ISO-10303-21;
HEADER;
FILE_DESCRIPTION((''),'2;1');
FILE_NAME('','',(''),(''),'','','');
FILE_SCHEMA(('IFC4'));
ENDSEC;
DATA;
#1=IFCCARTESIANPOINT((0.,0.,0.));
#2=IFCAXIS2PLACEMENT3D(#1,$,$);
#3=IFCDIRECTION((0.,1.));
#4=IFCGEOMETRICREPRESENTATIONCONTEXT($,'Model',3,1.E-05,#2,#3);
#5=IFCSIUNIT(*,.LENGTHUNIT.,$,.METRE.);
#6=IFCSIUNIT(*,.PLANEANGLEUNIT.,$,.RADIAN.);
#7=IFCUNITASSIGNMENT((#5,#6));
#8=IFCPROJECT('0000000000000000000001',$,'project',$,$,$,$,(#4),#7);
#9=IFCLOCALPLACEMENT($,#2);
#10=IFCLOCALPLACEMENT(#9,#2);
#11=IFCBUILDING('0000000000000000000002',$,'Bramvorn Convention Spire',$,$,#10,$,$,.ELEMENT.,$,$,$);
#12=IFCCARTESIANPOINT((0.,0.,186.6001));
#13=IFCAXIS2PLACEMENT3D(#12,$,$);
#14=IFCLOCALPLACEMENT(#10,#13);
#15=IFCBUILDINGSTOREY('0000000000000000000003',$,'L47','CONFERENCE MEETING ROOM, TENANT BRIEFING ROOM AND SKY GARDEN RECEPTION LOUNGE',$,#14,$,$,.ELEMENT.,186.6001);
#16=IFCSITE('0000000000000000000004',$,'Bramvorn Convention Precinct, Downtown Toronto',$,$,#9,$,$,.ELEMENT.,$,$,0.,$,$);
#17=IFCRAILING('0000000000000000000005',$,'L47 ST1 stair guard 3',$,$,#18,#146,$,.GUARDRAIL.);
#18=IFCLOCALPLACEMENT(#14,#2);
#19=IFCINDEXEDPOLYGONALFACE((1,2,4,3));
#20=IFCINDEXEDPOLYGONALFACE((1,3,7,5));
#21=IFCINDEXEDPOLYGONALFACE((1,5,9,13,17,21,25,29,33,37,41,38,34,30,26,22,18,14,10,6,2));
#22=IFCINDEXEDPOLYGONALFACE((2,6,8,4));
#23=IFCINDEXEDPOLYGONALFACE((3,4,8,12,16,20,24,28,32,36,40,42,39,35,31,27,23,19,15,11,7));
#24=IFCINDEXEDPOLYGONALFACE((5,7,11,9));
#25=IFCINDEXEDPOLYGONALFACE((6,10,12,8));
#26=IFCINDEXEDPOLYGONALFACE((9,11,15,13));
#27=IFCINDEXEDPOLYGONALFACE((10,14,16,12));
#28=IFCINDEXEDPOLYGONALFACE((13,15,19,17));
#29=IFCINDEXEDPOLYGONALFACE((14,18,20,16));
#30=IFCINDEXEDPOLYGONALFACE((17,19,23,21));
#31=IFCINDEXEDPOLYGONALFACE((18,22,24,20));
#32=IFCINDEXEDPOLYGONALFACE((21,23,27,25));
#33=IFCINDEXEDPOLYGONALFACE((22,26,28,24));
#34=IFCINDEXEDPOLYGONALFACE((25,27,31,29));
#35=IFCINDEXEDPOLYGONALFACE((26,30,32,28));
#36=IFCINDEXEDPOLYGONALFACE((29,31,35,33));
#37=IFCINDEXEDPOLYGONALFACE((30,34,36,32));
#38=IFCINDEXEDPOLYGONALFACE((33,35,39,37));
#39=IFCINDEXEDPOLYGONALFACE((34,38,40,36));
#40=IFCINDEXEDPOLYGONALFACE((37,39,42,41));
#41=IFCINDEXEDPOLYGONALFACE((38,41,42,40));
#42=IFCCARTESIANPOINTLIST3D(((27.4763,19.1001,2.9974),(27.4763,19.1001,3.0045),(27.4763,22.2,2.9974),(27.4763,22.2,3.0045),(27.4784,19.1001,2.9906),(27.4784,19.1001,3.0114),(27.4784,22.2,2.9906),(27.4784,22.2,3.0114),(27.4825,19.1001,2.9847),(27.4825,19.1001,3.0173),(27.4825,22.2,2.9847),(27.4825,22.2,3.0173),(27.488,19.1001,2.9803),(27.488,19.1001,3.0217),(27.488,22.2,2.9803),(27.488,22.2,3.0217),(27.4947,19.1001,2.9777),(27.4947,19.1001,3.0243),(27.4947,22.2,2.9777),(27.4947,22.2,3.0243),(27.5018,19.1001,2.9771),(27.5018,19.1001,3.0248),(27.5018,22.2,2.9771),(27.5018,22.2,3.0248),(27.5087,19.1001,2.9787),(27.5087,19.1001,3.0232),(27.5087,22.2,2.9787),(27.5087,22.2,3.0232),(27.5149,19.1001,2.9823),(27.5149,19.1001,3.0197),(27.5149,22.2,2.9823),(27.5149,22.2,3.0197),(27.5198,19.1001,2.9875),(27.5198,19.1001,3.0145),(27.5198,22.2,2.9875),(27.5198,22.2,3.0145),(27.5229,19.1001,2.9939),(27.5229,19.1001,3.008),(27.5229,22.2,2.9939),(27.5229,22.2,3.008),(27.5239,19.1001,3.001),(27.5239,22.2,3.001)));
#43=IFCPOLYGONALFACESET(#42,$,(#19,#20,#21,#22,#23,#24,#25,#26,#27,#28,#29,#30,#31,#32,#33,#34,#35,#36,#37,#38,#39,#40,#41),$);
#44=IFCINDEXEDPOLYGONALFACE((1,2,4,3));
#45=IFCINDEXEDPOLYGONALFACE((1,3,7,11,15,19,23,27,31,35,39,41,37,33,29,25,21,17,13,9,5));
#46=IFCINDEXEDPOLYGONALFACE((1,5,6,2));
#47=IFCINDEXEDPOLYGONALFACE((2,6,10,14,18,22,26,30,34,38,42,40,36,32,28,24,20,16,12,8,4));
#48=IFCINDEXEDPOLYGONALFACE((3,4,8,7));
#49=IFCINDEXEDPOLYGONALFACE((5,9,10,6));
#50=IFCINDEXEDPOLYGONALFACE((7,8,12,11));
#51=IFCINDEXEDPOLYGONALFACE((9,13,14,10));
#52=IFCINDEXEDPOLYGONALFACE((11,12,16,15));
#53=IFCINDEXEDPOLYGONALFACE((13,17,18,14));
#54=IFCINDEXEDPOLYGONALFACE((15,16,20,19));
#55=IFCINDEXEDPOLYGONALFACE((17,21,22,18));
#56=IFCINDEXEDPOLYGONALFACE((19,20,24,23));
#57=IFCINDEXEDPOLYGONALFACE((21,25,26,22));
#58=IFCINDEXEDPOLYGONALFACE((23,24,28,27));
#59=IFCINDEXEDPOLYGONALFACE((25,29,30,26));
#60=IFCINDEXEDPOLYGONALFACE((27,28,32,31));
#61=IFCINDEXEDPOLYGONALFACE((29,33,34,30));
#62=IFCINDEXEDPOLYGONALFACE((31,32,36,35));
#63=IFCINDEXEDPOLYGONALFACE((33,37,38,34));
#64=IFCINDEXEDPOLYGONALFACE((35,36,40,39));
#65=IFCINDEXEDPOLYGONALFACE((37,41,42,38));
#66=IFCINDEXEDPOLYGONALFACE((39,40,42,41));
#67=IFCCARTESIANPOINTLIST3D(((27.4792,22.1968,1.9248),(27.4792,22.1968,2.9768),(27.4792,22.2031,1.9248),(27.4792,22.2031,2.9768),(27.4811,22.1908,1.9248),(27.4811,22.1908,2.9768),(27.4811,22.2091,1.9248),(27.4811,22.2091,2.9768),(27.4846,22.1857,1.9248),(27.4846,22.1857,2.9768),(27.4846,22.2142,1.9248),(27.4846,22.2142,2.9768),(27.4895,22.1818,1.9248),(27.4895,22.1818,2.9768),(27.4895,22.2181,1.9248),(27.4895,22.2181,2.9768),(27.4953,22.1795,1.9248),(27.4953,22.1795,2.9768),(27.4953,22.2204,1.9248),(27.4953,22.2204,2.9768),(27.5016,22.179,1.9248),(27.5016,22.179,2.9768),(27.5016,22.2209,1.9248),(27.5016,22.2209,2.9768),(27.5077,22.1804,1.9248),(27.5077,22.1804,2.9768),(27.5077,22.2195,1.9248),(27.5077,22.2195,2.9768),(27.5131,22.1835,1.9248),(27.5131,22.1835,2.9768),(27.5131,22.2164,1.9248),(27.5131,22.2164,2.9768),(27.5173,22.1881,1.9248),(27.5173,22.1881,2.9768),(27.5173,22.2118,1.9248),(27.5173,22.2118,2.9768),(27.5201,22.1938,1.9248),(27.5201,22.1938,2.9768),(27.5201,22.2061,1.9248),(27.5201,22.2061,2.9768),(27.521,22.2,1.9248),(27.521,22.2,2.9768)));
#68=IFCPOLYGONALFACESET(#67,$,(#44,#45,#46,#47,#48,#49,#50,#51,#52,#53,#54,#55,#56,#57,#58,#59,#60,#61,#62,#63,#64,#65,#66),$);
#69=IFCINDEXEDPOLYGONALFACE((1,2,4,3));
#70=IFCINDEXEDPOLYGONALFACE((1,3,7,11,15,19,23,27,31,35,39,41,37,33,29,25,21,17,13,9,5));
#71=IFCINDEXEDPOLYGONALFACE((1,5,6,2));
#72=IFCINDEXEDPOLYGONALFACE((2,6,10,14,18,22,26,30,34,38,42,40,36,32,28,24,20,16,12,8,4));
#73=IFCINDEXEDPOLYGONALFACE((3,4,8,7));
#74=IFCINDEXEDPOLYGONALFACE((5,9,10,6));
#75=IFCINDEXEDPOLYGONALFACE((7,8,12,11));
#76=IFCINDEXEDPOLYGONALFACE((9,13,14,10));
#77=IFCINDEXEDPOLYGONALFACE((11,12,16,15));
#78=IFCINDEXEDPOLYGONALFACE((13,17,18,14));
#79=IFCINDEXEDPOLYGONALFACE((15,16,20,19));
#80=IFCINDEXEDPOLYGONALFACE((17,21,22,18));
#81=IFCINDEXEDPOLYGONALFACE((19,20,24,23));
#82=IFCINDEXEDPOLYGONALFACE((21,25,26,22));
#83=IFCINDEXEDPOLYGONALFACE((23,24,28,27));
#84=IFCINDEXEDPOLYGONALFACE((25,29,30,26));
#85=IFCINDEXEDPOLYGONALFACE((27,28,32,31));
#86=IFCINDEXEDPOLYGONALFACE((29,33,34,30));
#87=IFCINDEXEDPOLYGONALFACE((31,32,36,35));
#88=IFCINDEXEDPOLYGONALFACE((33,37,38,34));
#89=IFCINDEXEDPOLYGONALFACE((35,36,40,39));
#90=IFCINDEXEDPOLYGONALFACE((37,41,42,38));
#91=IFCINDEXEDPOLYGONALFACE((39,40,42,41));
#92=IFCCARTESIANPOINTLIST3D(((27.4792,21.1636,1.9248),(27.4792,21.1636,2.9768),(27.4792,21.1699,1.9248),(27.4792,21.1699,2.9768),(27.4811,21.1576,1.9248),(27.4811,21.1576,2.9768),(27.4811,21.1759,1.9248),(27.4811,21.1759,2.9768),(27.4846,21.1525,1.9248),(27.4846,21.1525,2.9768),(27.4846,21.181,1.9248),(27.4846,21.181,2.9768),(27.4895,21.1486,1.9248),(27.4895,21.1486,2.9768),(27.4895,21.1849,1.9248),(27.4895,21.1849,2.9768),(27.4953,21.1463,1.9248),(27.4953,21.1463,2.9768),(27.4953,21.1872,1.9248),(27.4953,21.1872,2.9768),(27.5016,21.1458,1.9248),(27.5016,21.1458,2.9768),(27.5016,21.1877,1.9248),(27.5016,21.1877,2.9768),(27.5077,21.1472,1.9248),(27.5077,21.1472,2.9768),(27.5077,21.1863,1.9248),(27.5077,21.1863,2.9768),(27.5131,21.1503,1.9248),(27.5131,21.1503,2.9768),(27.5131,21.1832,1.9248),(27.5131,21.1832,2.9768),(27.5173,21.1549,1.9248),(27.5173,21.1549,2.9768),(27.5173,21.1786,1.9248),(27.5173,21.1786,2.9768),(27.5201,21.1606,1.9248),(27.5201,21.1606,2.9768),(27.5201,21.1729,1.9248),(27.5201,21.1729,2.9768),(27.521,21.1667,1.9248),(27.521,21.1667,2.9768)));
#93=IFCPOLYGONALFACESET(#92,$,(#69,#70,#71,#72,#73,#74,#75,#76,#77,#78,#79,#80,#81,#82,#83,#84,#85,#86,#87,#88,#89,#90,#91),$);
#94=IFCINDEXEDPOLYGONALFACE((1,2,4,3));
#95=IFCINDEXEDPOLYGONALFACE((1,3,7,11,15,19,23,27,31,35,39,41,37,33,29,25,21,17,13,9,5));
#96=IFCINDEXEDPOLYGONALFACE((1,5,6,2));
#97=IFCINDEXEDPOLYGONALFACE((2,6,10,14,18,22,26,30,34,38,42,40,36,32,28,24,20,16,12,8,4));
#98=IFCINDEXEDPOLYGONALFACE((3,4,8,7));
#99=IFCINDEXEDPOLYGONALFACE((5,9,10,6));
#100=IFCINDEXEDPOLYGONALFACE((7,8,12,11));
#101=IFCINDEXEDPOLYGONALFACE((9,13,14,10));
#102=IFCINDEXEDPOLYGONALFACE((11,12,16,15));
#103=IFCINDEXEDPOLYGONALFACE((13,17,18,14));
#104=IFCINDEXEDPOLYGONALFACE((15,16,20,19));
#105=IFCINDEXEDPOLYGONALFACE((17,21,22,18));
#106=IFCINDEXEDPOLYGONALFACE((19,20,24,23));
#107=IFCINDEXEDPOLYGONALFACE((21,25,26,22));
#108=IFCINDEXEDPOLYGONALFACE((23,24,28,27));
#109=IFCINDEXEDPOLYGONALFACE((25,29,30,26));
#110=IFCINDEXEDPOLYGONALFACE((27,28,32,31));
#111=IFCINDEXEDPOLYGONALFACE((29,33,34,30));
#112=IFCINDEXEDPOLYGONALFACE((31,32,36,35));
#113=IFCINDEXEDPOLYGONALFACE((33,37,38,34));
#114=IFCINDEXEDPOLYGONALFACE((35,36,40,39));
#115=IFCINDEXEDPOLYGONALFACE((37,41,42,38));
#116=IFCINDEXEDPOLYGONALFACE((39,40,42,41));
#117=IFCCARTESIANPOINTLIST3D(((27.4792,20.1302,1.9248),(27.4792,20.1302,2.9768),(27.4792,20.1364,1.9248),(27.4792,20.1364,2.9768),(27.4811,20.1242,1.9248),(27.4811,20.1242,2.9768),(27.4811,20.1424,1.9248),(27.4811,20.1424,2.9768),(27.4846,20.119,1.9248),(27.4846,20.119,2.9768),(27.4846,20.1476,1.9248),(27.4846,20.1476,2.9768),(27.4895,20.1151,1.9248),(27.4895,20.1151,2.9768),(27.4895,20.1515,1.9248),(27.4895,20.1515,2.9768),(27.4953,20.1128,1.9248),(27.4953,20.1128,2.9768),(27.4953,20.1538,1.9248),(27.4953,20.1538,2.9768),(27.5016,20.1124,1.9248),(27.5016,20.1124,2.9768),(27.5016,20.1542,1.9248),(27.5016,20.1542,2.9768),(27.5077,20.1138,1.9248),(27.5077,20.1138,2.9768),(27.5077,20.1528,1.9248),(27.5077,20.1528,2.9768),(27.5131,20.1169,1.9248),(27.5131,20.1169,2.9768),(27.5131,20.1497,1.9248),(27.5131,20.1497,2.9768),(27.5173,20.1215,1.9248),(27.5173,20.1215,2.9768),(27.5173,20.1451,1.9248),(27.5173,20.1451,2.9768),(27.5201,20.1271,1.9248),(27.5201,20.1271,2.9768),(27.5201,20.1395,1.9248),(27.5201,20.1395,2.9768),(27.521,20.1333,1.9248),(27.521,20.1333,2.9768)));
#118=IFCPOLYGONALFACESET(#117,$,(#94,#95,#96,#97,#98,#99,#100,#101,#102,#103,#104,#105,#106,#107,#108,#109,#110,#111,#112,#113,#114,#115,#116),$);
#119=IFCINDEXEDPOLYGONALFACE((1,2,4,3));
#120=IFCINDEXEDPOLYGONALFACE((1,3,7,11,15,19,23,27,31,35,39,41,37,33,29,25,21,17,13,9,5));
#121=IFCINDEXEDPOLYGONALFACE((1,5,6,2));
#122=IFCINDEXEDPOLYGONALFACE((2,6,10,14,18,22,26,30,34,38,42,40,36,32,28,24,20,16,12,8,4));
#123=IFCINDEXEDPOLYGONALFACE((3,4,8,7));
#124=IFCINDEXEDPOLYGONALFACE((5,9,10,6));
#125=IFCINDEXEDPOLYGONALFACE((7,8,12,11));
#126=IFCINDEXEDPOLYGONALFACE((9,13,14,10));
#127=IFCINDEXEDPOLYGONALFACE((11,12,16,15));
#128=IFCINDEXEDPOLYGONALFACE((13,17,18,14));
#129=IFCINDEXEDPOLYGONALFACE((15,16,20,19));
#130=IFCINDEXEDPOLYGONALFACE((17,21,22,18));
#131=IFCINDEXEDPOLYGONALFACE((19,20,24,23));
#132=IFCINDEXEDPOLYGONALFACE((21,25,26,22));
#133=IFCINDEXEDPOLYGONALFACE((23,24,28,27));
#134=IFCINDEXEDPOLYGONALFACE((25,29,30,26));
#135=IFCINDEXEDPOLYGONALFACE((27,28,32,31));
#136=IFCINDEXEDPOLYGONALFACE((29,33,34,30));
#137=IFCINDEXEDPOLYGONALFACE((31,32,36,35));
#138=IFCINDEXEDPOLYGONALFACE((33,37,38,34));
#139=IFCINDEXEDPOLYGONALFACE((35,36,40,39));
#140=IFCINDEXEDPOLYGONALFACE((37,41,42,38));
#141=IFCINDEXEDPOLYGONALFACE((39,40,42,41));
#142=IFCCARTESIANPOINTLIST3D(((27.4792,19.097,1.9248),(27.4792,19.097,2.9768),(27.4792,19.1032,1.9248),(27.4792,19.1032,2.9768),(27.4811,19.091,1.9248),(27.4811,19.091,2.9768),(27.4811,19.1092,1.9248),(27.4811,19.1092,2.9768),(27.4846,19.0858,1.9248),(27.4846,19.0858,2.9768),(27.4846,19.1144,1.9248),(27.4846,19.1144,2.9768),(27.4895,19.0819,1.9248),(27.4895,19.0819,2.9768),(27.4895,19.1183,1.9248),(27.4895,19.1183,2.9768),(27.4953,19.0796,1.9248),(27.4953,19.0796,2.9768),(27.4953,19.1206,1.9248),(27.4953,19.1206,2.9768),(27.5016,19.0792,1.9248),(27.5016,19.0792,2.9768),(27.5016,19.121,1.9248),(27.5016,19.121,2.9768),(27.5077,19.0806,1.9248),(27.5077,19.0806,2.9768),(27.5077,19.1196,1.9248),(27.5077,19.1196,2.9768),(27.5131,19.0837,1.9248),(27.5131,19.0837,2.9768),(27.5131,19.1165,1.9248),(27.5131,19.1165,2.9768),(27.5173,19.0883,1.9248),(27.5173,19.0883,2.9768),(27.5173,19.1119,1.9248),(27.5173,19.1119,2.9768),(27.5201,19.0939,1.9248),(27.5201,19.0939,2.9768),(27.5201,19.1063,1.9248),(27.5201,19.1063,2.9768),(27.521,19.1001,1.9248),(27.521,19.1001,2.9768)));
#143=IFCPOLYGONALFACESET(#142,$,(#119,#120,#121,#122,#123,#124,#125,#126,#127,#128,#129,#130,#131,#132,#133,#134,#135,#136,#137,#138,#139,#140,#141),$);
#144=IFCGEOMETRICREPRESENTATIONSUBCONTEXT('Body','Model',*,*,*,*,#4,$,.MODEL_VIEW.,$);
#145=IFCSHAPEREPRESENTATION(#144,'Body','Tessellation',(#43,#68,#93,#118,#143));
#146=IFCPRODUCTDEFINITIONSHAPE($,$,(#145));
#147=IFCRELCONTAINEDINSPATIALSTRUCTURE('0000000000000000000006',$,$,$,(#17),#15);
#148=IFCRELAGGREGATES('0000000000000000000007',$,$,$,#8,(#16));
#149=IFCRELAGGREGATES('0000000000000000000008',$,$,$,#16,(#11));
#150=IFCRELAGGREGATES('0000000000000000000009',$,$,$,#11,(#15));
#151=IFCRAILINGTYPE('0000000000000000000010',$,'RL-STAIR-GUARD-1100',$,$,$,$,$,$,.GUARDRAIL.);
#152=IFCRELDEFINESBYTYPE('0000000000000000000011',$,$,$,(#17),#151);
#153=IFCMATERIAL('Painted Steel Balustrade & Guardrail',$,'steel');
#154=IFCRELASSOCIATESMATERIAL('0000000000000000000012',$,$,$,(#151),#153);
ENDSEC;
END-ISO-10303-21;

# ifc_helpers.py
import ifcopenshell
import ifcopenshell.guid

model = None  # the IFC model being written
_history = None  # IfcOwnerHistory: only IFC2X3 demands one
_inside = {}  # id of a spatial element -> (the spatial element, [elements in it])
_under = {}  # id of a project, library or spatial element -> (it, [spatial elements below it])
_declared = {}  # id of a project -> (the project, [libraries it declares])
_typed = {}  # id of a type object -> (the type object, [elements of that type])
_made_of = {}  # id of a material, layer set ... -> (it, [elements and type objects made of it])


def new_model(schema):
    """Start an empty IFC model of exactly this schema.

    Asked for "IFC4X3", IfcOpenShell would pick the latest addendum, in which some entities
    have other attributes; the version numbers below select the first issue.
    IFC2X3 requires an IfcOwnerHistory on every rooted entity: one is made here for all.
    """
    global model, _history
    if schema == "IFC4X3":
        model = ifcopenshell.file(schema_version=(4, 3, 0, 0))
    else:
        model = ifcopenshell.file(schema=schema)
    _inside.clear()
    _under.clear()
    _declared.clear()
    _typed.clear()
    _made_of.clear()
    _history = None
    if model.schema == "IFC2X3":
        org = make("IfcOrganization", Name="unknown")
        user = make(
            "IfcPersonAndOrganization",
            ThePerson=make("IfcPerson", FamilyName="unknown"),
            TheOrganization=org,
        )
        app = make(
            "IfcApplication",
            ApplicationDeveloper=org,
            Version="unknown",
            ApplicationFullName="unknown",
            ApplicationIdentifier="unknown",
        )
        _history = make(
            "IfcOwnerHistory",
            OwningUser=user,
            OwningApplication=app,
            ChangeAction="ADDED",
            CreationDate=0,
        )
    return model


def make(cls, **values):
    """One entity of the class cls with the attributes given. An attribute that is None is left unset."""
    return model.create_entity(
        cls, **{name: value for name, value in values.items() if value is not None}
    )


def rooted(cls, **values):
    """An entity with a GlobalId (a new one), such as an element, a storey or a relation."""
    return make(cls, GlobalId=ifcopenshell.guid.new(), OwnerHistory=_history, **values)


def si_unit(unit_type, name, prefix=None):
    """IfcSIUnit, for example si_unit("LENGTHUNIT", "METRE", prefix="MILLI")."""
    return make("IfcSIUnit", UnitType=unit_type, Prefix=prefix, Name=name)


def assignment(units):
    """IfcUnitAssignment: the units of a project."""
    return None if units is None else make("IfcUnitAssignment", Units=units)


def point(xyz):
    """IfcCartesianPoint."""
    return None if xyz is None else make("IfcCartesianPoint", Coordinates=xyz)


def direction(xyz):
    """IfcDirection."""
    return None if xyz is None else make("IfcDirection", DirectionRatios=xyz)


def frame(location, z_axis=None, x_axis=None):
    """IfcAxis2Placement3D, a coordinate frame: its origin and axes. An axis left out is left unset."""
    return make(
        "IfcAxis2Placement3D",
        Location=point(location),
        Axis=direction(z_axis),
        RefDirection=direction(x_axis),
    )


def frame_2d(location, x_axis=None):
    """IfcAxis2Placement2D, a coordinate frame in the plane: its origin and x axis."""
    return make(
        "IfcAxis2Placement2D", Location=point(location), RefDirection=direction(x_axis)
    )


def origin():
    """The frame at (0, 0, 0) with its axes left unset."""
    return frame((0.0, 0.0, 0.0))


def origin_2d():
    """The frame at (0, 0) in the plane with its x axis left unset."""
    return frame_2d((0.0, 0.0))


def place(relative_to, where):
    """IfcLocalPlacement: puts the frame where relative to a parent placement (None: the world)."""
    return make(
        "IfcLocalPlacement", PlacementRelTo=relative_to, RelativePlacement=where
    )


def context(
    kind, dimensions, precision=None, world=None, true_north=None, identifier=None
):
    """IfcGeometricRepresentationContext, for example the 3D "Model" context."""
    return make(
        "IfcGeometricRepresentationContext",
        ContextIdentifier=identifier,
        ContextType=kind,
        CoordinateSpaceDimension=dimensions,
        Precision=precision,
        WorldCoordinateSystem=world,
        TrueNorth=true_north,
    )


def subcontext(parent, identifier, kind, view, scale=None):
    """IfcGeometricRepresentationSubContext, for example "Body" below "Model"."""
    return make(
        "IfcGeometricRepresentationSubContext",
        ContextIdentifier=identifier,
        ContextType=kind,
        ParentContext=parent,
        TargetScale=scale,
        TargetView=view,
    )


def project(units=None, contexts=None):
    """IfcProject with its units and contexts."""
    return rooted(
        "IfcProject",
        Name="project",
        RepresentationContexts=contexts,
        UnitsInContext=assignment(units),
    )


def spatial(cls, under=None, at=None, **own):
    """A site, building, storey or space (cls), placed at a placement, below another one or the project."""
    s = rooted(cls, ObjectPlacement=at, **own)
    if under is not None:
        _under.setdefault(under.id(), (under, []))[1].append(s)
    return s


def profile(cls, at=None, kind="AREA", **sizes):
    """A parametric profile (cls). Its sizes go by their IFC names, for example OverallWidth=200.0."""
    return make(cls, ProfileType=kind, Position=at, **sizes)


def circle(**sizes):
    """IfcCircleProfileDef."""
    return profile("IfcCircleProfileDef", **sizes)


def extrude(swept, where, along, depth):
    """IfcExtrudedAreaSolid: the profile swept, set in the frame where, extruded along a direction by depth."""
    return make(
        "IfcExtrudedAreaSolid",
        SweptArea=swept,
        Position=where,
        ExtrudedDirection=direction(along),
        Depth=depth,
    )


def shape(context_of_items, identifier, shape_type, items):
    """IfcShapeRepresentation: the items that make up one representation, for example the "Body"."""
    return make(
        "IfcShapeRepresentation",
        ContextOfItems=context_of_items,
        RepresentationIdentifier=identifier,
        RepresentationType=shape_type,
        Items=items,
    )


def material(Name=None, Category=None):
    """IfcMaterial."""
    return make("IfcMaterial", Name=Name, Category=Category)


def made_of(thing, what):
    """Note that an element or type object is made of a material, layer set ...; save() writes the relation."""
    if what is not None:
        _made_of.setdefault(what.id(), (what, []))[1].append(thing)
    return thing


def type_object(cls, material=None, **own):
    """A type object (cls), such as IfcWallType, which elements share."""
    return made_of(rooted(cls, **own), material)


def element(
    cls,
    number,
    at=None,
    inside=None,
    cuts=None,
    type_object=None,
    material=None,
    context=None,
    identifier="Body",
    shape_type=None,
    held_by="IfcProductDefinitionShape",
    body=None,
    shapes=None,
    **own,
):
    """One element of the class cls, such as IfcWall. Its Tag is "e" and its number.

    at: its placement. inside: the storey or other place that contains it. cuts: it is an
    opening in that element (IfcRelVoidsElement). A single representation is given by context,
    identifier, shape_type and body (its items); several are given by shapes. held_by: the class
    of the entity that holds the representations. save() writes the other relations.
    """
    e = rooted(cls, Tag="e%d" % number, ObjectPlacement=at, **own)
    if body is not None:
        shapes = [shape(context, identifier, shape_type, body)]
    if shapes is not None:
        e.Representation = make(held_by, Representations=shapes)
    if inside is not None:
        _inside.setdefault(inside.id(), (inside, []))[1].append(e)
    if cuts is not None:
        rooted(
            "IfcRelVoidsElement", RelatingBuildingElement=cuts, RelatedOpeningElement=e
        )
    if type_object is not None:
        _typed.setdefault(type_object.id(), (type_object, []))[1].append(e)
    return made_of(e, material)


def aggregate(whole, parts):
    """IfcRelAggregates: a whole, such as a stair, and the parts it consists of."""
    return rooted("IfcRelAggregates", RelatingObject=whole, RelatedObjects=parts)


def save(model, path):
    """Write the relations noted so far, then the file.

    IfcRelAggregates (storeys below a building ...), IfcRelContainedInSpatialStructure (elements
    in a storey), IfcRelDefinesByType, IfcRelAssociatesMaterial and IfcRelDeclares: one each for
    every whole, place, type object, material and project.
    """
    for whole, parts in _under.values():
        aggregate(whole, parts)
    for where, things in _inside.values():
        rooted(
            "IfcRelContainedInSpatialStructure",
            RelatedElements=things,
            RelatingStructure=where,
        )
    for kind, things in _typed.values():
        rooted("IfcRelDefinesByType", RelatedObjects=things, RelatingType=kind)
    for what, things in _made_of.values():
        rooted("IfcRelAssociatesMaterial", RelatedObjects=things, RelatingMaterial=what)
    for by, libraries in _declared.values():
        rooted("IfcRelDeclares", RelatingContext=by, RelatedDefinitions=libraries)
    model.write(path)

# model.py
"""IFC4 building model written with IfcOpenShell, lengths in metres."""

from ifc_helpers import new_model, si_unit, direction, frame, origin, origin_2d, place, context, subcontext, project, spatial, circle, extrude, material, type_object, element, save


model = new_model("IFC4")

# Units and contexts
model_context = context("Model", 3, precision=1e-05, world=origin(), true_north=direction((0.0, 1.0)))
body_context = subcontext(model_context, "Body", "Model", "MODEL_VIEW")
ifc_project = project(units=[si_unit("LENGTHUNIT", "METRE"), si_unit("PLANEANGLEUNIT", "RADIAN")], contexts=[model_context])

# Site, building, storey
site_placement = place(None, origin())
site = spatial("IfcSite", under=ifc_project, at=site_placement, Name="Bramvorn Convention Precinct, Downtown Toronto", CompositionType="ELEMENT", RefElevation=0.0)
building_placement = place(site_placement, origin())
building = spatial("IfcBuilding", under=site, at=building_placement, Name="Bramvorn Convention Spire", CompositionType="ELEMENT")
storey_placement = place(building_placement, frame((0.0, 0.0, 186.6001)))
storey = spatial("IfcBuildingStorey", under=building, at=storey_placement, Name="L47", Description="CONFERENCE MEETING ROOM, TENANT BRIEFING ROOM AND SKY GARDEN RECEPTION LOUNGE", CompositionType="ELEMENT", Elevation=186.6001)

# Railing
ifc_material_1 = material(Name="Painted Steel Balustrade & Guardrail", Category="steel")
railing_type = type_object("IfcRailingType", Name="RL-STAIR-GUARD-1100", PredefinedType="GUARDRAIL", material=ifc_material_1)
railing_1_placement = place(storey_placement, frame((27.5, 22.2, 1.9248)))
element("IfcRailing", 1, at=railing_1_placement, inside=storey, type_object=railing_type, Name="L47 ST1 stair guard 3", PredefinedType="GUARDRAIL", context=body_context, shape_type="SweptSolid", body=[
    extrude(circle(Radius=0.0239, at=origin_2d()), frame((0.0, 0.0, 1.0762), z_axis=(0.0, -1.0, 0.0), x_axis=(1.0, 0.0, 0.0)), (0.0, 0.0, 1.0), 3.0999),
    extrude(circle(Radius=0.021, at=origin_2d()), origin(), (0.0, 0.0, 1.0), 1.052),
    extrude(circle(Radius=0.021, at=origin_2d()), frame((0.0, -1.0332, 0.0)), (0.0, 0.0, 1.0), 1.052),
    extrude(circle(Radius=0.021, at=origin_2d()), frame((0.0, -2.0667, 0.0)), (0.0, 0.0, 1.0), 1.052),
    extrude(circle(Radius=0.021, at=origin_2d()), frame((0.0, -3.0999, 0.0)), (0.0, 0.0, 1.0), 1.052),
])

save(model, "model.ifc")
